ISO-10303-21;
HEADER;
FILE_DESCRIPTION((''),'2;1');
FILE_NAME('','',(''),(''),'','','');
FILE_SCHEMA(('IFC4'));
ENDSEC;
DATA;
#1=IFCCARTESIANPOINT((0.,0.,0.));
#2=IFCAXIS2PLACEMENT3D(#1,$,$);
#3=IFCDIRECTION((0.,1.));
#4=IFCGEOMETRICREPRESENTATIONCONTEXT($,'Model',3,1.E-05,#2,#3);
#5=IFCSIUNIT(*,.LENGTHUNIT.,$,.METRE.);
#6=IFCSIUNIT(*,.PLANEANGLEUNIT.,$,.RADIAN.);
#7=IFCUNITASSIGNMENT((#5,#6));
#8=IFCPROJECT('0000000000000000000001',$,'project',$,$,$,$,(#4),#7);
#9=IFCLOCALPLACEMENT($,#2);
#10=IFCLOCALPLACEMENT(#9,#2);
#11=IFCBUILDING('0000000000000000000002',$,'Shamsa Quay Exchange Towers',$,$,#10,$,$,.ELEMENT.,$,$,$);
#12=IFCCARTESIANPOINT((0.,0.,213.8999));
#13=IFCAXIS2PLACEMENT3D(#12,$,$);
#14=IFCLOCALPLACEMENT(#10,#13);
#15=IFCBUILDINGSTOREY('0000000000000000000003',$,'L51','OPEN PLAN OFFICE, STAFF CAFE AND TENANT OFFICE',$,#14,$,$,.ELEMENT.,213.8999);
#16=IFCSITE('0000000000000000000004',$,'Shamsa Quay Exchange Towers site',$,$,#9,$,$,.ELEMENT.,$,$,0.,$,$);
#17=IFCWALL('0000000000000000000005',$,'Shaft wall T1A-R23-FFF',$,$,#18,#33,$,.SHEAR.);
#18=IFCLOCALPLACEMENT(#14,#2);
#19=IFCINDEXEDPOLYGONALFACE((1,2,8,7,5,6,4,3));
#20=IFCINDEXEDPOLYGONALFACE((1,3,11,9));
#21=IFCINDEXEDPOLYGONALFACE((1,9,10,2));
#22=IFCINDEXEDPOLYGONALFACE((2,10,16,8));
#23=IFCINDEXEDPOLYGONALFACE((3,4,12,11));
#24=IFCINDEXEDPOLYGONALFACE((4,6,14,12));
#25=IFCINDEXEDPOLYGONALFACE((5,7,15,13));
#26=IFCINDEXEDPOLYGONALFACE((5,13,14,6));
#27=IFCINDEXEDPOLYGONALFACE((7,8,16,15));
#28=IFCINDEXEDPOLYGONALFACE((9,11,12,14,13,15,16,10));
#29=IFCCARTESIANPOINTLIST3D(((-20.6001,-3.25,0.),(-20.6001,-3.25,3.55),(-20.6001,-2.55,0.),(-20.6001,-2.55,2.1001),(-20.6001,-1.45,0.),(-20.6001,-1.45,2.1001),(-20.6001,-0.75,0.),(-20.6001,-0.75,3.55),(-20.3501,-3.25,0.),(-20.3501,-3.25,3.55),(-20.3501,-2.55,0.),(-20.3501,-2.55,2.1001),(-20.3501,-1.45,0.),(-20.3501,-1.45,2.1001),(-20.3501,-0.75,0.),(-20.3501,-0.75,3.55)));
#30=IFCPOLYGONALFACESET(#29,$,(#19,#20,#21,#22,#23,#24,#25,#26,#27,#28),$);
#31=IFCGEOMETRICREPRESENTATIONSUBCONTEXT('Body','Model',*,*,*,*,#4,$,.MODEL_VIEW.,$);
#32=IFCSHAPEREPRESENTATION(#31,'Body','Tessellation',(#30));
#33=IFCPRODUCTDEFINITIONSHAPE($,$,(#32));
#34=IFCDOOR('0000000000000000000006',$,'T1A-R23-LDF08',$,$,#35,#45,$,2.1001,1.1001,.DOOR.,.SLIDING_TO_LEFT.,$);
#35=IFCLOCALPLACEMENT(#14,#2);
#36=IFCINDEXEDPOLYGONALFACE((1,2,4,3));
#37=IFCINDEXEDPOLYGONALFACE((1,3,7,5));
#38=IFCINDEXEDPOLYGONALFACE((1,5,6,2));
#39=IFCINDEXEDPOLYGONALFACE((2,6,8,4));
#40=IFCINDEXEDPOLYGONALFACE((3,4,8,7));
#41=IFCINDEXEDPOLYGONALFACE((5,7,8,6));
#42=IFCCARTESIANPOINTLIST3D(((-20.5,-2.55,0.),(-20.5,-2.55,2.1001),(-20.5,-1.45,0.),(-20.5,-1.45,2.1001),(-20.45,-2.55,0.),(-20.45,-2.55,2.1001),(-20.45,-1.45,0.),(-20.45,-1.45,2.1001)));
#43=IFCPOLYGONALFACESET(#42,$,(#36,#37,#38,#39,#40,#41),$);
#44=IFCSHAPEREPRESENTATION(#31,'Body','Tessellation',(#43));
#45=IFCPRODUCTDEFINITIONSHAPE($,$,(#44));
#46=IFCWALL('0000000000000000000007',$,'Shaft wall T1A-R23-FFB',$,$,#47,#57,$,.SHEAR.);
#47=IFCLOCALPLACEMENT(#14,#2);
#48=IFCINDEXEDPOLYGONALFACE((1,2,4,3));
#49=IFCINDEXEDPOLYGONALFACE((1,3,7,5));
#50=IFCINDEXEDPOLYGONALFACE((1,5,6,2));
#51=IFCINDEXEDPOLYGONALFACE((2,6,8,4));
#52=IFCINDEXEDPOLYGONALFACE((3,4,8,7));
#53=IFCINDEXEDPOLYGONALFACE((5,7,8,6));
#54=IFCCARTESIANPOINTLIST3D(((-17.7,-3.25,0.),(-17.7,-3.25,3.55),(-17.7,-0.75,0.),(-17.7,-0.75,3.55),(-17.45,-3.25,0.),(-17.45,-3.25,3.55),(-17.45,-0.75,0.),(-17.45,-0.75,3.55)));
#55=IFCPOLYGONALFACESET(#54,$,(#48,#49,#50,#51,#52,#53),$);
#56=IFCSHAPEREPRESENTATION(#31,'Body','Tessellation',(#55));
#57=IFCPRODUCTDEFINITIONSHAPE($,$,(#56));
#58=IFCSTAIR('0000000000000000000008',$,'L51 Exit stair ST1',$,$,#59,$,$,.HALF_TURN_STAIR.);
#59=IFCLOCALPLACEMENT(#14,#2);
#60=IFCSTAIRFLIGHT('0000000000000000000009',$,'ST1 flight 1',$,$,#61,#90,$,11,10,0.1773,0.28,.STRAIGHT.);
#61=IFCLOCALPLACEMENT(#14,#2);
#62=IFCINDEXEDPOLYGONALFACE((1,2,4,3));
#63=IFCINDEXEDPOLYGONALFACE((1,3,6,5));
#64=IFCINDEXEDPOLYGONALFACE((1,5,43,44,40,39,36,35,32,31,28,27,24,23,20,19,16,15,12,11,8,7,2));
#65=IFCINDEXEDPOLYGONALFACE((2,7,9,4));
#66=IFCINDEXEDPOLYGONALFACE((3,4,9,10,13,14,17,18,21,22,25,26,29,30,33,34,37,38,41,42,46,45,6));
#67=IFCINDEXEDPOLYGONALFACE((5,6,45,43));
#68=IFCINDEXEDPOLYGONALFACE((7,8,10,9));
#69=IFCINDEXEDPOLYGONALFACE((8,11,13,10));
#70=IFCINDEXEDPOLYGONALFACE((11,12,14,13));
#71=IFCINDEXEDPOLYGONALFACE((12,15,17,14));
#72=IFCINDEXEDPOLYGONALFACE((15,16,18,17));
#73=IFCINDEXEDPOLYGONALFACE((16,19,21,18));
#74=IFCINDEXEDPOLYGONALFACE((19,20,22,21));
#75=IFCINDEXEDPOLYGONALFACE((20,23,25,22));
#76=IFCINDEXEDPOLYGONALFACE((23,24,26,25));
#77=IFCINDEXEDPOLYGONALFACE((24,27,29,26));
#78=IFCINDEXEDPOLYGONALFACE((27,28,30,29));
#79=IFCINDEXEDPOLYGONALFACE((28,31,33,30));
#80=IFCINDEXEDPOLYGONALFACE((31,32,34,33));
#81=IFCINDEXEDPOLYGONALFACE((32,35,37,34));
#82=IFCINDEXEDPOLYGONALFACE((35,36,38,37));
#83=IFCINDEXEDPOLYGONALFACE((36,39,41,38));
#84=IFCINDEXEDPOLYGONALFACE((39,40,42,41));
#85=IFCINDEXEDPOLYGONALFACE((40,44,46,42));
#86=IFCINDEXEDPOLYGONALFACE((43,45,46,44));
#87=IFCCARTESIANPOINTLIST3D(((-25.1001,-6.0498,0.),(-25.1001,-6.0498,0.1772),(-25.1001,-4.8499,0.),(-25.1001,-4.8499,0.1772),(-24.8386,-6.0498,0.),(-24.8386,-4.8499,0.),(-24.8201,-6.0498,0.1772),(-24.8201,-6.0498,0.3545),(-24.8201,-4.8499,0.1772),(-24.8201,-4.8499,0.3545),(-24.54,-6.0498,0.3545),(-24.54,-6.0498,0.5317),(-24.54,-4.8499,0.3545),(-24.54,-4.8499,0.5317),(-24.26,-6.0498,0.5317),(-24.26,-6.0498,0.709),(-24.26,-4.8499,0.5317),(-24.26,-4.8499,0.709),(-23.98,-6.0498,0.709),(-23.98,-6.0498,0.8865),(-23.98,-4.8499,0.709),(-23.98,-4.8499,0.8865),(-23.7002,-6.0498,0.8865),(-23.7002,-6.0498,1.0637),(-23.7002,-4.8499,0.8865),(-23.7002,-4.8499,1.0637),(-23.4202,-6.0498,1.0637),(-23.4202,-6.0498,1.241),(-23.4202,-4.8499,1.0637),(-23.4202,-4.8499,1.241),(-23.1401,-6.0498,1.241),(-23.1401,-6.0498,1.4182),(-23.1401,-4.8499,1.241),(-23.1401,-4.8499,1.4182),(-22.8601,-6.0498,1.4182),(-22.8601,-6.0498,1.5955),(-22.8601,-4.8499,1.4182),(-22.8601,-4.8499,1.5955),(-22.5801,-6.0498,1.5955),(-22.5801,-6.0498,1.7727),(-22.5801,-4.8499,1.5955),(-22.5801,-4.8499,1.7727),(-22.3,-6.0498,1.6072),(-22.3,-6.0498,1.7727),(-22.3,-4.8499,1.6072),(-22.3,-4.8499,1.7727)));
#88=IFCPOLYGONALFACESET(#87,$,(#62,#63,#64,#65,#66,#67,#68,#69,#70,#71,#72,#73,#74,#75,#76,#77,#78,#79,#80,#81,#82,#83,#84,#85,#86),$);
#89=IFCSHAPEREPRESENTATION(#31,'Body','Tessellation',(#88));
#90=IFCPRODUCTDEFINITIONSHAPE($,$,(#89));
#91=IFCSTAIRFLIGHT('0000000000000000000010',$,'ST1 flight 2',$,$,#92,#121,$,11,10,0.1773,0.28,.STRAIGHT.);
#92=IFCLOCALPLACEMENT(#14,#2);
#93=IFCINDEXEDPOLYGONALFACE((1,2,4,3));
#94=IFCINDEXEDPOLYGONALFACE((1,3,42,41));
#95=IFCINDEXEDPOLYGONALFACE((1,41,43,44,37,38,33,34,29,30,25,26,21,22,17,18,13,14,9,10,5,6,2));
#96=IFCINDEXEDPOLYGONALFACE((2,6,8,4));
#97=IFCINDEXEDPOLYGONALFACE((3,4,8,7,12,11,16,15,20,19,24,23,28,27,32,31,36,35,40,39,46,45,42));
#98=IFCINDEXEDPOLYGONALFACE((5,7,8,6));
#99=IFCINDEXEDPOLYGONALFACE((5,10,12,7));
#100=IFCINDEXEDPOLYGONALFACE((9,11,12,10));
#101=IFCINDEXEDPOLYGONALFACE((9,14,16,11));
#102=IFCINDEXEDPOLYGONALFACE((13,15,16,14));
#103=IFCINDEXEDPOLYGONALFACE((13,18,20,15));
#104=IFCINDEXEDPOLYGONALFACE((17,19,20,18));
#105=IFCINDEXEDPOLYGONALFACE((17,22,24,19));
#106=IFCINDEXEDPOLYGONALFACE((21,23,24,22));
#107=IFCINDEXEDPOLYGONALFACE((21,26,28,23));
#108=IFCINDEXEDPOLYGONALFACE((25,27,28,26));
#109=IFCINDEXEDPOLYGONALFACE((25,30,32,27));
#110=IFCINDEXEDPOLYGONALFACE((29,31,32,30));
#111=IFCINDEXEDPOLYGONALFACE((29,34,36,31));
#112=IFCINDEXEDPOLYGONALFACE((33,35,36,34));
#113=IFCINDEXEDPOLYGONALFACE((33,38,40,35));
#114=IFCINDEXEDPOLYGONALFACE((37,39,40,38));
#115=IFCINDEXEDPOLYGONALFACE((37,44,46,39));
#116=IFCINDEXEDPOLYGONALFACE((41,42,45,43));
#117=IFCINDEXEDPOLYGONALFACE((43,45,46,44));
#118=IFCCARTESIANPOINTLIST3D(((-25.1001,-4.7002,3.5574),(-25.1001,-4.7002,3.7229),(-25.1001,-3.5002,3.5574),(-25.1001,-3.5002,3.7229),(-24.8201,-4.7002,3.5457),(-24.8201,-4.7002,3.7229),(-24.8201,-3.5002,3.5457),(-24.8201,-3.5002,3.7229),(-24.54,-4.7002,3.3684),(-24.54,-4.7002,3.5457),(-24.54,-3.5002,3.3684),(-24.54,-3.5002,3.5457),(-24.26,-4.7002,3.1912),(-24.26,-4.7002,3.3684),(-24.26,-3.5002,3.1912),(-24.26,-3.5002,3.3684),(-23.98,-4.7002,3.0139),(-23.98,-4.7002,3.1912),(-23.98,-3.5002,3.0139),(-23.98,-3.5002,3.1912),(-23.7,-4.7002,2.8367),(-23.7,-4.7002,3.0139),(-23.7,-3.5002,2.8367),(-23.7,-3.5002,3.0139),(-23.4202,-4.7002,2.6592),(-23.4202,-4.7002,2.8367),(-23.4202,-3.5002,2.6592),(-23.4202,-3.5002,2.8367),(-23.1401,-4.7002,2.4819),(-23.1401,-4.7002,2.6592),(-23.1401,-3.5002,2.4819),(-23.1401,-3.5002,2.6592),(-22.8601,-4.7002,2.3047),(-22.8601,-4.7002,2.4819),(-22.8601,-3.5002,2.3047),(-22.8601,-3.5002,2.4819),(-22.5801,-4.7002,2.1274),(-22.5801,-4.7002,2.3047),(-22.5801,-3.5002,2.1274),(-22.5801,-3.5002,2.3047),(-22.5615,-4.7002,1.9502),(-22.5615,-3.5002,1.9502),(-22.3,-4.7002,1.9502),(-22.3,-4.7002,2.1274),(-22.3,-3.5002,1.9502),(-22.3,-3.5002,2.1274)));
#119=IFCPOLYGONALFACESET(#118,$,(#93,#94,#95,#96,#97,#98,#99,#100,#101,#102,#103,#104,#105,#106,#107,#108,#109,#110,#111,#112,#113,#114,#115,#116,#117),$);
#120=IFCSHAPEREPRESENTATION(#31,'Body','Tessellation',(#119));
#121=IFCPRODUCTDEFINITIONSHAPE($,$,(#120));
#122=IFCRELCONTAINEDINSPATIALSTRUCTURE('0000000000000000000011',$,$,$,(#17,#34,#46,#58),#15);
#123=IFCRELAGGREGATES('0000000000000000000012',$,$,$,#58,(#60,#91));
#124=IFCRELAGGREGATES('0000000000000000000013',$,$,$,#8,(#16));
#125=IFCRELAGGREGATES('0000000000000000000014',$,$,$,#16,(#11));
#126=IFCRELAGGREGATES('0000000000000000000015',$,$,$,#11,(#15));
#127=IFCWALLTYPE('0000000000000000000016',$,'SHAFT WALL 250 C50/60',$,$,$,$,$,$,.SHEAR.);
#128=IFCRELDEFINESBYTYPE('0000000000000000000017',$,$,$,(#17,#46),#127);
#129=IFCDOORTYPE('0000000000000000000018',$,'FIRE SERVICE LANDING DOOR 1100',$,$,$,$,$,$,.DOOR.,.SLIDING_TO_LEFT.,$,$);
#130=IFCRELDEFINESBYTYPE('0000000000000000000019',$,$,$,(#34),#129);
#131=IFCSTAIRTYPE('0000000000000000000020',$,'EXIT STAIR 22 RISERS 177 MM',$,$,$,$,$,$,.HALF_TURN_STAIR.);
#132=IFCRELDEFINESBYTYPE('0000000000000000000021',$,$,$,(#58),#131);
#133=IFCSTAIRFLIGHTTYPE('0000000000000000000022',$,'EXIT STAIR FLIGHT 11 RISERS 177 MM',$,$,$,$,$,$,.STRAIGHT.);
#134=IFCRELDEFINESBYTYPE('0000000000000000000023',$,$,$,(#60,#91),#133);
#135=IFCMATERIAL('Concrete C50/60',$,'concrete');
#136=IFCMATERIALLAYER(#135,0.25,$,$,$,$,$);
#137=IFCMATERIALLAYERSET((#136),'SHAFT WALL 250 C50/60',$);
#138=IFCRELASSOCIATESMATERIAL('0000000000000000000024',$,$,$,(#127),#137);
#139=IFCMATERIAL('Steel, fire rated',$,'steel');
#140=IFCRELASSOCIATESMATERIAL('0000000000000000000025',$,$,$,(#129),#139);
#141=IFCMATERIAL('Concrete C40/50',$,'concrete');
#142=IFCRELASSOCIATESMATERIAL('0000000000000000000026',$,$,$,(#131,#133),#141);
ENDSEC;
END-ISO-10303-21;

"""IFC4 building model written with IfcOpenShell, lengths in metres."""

from ifc_helpers import new_model, si_unit, direction, frame, frame_2d, origin, place, context, subcontext, project, spatial, polyline, rectangle, outline, extrude, material, layer, layer_set, type_object, element, fill, aggregate, save


model = new_model("IFC4")

# Units and contexts
model_context = context("Model", 3, precision=1e-05, world=origin(), true_north=direction((0.0, 1.0)))
body_context = subcontext(model_context, "Body", "Model", "MODEL_VIEW")
ifc_project = project(units=[si_unit("LENGTHUNIT", "METRE"), si_unit("PLANEANGLEUNIT", "RADIAN")], contexts=[model_context])

# Site, building, storey
site_placement = place(None, origin())
site = spatial("IfcSite", under=ifc_project, at=site_placement, Name="Shamsa Quay Exchange Towers site", CompositionType="ELEMENT", RefElevation=0.0)
building_placement = place(site_placement, origin())
building = spatial("IfcBuilding", under=site, at=building_placement, Name="Shamsa Quay Exchange Towers", CompositionType="ELEMENT")
storey_placement = place(building_placement, frame((0.0, 0.0, 213.8999)))
storey = spatial("IfcBuildingStorey", under=building, at=storey_placement, Name="L51", Description="OPEN PLAN OFFICE, STAFF CAFE AND TENANT OFFICE", CompositionType="ELEMENT", Elevation=213.8999)

# Shared definitions
ifc_material_1 = material(Name="Concrete C50/60", Category="concrete")
ifc_layer_1 = layer(ifc_material_1, 0.25)
ifc_layer_set_1 = layer_set([ifc_layer_1], Name="SHAFT WALL 250 C50/60")
wall_type_1 = type_object("IfcWallType", Name="SHAFT WALL 250 C50/60", PredefinedType="SHEAR", material=ifc_layer_set_1)

# Wall, opening, door
wall_1_placement = place(storey_placement, frame((-20.4751, -3.25, 0.0), z_axis=(0.0, 0.0, 1.0), x_axis=(0.0, 1.0, 0.0)))
wall_1 = element("IfcWall", 1, at=wall_1_placement, inside=storey, type_object=wall_type_1, Name="Shaft wall T1A-R23-FFF", PredefinedType="SHEAR", context=body_context, shape_type="SweptSolid", body=[
    extrude(rectangle(XDim=2.5, YDim=0.25, at=frame_2d((1.25, 0.0))), origin(), (0.0, 0.0, 1.0), 3.55),
])
opening_placement = place(wall_1_placement, frame((0.7, 0.0, 0.0)))
opening = element("IfcOpeningElement", 2, at=opening_placement, cuts=wall_1, PredefinedType="OPENING", context=body_context, shape_type="SweptSolid", body=[
    extrude(rectangle(XDim=1.1001, YDim=2.1001, at=frame_2d((0.55, 1.05))), frame((0.0, 0.135, 0.0), z_axis=(0.0, -1.0, 0.0), x_axis=(1.0, 0.0, 0.0)), (0.0, 0.0, 1.0), 0.27),
])
ifc_material_2 = material(Name="Steel, fire rated", Category="steel")
door_type = type_object("IfcDoorType", Name="FIRE SERVICE LANDING DOOR 1100", OperationType="SLIDING_TO_LEFT", PredefinedType="DOOR", material=ifc_material_2)
door_placement = place(opening_placement, origin())
door = element("IfcDoor", 3, at=door_placement, inside=storey, type_object=door_type, Name="T1A-R23-LDF08", OperationType="SLIDING_TO_LEFT", OverallHeight=2.1001, OverallWidth=1.1001, PredefinedType="DOOR", context=body_context, shape_type="SweptSolid", body=[
    extrude(rectangle(XDim=1.1001, YDim=2.1001, at=frame_2d((0.55, 1.05))), frame((0.0, 0.0249, 0.0), z_axis=(0.0, -1.0, 0.0), x_axis=(1.0, 0.0, 0.0)), (0.0, 0.0, 1.0), 0.05),
])
fill(opening, door)

# Wall
wall_2_placement = place(storey_placement, frame((-17.575, -3.25, 0.0), z_axis=(0.0, 0.0, 1.0), x_axis=(0.0, 1.0, 0.0)))
element("IfcWall", 4, at=wall_2_placement, inside=storey, type_object=wall_type_1, Name="Shaft wall T1A-R23-FFB", PredefinedType="SHEAR", context=body_context, shape_type="SweptSolid", body=[
    extrude(rectangle(XDim=2.5, YDim=0.25, at=frame_2d((1.25, 0.0))), origin(), (0.0, 0.0, 1.0), 3.55),
])

# Stair, stair flights
ifc_material_3 = material(Name="Concrete C40/50", Category="concrete")
stair_type = type_object("IfcStairType", Name="EXIT STAIR 22 RISERS 177 MM", PredefinedType="HALF_TURN_STAIR", material=ifc_material_3)
stair_placement = place(storey_placement, origin())
stair = element("IfcStair", 5, at=stair_placement, inside=storey, type_object=stair_type, Name="L51 Exit stair ST1", PredefinedType="HALF_TURN_STAIR")
stair_flight_type = type_object("IfcStairFlightType", Name="EXIT STAIR FLIGHT 11 RISERS 177 MM", PredefinedType="STRAIGHT", material=ifc_material_3)
stair_flight_1_placement = place(storey_placement, frame((-25.1001, -5.45, 0.0)))
stair_flight_1 = element("IfcStairFlight", 6, at=stair_flight_1_placement, type_object=stair_flight_type, Name="ST1 flight 1", NumberOfRisers=11, NumberOfTreads=10, PredefinedType="STRAIGHT", RiserHeight=0.1773, TreadLength=0.28, context=body_context, shape_type="SweptSolid", body=[
    extrude(outline(polyline([(0.0, 0.0), (0.0, 0.1772), (0.28, 0.1772), (0.28, 0.3545), (0.5601, 0.3545), (0.5601, 0.5317), (0.8401, 0.5317), (0.8401, 0.709), (1.1201, 0.709), (1.1201, 0.8865), (1.3999, 0.8865), (1.3999, 1.0637), (1.6799, 1.0637), (1.6799, 1.241), (1.96, 1.241), (1.96, 1.4182), (2.24, 1.4182), (2.24, 1.5955), (2.52, 1.5955), (2.52, 1.7727), (2.8, 1.7727), (2.8, 1.95), (2.8, 1.6072), (0.2615, 0.0), (0.0, 0.0)])), frame((0.0, 0.6001, 0.0), z_axis=(0.0, -1.0, 0.0), x_axis=(1.0, 0.0, 0.0)), (0.0, 0.0, 1.0), 1.2),
])
stair_flight_2_placement = place(storey_placement, frame((-22.3, -4.1001, 1.9502), z_axis=(0.0, 0.0, 1.0), x_axis=(-1.0, 0.0, 0.0)))
stair_flight_2 = element("IfcStairFlight", 7, at=stair_flight_2_placement, type_object=stair_flight_type, Name="ST1 flight 2", NumberOfRisers=11, NumberOfTreads=10, PredefinedType="STRAIGHT", RiserHeight=0.1773, TreadLength=0.28, context=body_context, shape_type="SweptSolid", body=[
    extrude(outline(polyline([(0.0, 0.0), (0.0, 0.1772), (0.28, 0.1772), (0.28, 0.3545), (0.5601, 0.3545), (0.5601, 0.5317), (0.8401, 0.5317), (0.8401, 0.709), (1.1201, 0.709), (1.1201, 0.8865), (1.3999, 0.8865), (1.3999, 1.0637), (1.6799, 1.0637), (1.6799, 1.241), (1.96, 1.241), (1.96, 1.4182), (2.24, 1.4182), (2.24, 1.5955), (2.52, 1.5955), (2.52, 1.7727), (2.8, 1.7727), (2.8, 1.95), (2.8, 1.6072), (0.2615, 0.0), (0.0, 0.0)])), frame((0.0, 0.6001, 0.0), z_axis=(0.0, -1.0, 0.0), x_axis=(1.0, 0.0, 0.0)), (0.0, 0.0, 1.0), 1.2),
])
aggregate(stair, [stair_flight_1, stair_flight_2])

save(model, "model.ifc")
